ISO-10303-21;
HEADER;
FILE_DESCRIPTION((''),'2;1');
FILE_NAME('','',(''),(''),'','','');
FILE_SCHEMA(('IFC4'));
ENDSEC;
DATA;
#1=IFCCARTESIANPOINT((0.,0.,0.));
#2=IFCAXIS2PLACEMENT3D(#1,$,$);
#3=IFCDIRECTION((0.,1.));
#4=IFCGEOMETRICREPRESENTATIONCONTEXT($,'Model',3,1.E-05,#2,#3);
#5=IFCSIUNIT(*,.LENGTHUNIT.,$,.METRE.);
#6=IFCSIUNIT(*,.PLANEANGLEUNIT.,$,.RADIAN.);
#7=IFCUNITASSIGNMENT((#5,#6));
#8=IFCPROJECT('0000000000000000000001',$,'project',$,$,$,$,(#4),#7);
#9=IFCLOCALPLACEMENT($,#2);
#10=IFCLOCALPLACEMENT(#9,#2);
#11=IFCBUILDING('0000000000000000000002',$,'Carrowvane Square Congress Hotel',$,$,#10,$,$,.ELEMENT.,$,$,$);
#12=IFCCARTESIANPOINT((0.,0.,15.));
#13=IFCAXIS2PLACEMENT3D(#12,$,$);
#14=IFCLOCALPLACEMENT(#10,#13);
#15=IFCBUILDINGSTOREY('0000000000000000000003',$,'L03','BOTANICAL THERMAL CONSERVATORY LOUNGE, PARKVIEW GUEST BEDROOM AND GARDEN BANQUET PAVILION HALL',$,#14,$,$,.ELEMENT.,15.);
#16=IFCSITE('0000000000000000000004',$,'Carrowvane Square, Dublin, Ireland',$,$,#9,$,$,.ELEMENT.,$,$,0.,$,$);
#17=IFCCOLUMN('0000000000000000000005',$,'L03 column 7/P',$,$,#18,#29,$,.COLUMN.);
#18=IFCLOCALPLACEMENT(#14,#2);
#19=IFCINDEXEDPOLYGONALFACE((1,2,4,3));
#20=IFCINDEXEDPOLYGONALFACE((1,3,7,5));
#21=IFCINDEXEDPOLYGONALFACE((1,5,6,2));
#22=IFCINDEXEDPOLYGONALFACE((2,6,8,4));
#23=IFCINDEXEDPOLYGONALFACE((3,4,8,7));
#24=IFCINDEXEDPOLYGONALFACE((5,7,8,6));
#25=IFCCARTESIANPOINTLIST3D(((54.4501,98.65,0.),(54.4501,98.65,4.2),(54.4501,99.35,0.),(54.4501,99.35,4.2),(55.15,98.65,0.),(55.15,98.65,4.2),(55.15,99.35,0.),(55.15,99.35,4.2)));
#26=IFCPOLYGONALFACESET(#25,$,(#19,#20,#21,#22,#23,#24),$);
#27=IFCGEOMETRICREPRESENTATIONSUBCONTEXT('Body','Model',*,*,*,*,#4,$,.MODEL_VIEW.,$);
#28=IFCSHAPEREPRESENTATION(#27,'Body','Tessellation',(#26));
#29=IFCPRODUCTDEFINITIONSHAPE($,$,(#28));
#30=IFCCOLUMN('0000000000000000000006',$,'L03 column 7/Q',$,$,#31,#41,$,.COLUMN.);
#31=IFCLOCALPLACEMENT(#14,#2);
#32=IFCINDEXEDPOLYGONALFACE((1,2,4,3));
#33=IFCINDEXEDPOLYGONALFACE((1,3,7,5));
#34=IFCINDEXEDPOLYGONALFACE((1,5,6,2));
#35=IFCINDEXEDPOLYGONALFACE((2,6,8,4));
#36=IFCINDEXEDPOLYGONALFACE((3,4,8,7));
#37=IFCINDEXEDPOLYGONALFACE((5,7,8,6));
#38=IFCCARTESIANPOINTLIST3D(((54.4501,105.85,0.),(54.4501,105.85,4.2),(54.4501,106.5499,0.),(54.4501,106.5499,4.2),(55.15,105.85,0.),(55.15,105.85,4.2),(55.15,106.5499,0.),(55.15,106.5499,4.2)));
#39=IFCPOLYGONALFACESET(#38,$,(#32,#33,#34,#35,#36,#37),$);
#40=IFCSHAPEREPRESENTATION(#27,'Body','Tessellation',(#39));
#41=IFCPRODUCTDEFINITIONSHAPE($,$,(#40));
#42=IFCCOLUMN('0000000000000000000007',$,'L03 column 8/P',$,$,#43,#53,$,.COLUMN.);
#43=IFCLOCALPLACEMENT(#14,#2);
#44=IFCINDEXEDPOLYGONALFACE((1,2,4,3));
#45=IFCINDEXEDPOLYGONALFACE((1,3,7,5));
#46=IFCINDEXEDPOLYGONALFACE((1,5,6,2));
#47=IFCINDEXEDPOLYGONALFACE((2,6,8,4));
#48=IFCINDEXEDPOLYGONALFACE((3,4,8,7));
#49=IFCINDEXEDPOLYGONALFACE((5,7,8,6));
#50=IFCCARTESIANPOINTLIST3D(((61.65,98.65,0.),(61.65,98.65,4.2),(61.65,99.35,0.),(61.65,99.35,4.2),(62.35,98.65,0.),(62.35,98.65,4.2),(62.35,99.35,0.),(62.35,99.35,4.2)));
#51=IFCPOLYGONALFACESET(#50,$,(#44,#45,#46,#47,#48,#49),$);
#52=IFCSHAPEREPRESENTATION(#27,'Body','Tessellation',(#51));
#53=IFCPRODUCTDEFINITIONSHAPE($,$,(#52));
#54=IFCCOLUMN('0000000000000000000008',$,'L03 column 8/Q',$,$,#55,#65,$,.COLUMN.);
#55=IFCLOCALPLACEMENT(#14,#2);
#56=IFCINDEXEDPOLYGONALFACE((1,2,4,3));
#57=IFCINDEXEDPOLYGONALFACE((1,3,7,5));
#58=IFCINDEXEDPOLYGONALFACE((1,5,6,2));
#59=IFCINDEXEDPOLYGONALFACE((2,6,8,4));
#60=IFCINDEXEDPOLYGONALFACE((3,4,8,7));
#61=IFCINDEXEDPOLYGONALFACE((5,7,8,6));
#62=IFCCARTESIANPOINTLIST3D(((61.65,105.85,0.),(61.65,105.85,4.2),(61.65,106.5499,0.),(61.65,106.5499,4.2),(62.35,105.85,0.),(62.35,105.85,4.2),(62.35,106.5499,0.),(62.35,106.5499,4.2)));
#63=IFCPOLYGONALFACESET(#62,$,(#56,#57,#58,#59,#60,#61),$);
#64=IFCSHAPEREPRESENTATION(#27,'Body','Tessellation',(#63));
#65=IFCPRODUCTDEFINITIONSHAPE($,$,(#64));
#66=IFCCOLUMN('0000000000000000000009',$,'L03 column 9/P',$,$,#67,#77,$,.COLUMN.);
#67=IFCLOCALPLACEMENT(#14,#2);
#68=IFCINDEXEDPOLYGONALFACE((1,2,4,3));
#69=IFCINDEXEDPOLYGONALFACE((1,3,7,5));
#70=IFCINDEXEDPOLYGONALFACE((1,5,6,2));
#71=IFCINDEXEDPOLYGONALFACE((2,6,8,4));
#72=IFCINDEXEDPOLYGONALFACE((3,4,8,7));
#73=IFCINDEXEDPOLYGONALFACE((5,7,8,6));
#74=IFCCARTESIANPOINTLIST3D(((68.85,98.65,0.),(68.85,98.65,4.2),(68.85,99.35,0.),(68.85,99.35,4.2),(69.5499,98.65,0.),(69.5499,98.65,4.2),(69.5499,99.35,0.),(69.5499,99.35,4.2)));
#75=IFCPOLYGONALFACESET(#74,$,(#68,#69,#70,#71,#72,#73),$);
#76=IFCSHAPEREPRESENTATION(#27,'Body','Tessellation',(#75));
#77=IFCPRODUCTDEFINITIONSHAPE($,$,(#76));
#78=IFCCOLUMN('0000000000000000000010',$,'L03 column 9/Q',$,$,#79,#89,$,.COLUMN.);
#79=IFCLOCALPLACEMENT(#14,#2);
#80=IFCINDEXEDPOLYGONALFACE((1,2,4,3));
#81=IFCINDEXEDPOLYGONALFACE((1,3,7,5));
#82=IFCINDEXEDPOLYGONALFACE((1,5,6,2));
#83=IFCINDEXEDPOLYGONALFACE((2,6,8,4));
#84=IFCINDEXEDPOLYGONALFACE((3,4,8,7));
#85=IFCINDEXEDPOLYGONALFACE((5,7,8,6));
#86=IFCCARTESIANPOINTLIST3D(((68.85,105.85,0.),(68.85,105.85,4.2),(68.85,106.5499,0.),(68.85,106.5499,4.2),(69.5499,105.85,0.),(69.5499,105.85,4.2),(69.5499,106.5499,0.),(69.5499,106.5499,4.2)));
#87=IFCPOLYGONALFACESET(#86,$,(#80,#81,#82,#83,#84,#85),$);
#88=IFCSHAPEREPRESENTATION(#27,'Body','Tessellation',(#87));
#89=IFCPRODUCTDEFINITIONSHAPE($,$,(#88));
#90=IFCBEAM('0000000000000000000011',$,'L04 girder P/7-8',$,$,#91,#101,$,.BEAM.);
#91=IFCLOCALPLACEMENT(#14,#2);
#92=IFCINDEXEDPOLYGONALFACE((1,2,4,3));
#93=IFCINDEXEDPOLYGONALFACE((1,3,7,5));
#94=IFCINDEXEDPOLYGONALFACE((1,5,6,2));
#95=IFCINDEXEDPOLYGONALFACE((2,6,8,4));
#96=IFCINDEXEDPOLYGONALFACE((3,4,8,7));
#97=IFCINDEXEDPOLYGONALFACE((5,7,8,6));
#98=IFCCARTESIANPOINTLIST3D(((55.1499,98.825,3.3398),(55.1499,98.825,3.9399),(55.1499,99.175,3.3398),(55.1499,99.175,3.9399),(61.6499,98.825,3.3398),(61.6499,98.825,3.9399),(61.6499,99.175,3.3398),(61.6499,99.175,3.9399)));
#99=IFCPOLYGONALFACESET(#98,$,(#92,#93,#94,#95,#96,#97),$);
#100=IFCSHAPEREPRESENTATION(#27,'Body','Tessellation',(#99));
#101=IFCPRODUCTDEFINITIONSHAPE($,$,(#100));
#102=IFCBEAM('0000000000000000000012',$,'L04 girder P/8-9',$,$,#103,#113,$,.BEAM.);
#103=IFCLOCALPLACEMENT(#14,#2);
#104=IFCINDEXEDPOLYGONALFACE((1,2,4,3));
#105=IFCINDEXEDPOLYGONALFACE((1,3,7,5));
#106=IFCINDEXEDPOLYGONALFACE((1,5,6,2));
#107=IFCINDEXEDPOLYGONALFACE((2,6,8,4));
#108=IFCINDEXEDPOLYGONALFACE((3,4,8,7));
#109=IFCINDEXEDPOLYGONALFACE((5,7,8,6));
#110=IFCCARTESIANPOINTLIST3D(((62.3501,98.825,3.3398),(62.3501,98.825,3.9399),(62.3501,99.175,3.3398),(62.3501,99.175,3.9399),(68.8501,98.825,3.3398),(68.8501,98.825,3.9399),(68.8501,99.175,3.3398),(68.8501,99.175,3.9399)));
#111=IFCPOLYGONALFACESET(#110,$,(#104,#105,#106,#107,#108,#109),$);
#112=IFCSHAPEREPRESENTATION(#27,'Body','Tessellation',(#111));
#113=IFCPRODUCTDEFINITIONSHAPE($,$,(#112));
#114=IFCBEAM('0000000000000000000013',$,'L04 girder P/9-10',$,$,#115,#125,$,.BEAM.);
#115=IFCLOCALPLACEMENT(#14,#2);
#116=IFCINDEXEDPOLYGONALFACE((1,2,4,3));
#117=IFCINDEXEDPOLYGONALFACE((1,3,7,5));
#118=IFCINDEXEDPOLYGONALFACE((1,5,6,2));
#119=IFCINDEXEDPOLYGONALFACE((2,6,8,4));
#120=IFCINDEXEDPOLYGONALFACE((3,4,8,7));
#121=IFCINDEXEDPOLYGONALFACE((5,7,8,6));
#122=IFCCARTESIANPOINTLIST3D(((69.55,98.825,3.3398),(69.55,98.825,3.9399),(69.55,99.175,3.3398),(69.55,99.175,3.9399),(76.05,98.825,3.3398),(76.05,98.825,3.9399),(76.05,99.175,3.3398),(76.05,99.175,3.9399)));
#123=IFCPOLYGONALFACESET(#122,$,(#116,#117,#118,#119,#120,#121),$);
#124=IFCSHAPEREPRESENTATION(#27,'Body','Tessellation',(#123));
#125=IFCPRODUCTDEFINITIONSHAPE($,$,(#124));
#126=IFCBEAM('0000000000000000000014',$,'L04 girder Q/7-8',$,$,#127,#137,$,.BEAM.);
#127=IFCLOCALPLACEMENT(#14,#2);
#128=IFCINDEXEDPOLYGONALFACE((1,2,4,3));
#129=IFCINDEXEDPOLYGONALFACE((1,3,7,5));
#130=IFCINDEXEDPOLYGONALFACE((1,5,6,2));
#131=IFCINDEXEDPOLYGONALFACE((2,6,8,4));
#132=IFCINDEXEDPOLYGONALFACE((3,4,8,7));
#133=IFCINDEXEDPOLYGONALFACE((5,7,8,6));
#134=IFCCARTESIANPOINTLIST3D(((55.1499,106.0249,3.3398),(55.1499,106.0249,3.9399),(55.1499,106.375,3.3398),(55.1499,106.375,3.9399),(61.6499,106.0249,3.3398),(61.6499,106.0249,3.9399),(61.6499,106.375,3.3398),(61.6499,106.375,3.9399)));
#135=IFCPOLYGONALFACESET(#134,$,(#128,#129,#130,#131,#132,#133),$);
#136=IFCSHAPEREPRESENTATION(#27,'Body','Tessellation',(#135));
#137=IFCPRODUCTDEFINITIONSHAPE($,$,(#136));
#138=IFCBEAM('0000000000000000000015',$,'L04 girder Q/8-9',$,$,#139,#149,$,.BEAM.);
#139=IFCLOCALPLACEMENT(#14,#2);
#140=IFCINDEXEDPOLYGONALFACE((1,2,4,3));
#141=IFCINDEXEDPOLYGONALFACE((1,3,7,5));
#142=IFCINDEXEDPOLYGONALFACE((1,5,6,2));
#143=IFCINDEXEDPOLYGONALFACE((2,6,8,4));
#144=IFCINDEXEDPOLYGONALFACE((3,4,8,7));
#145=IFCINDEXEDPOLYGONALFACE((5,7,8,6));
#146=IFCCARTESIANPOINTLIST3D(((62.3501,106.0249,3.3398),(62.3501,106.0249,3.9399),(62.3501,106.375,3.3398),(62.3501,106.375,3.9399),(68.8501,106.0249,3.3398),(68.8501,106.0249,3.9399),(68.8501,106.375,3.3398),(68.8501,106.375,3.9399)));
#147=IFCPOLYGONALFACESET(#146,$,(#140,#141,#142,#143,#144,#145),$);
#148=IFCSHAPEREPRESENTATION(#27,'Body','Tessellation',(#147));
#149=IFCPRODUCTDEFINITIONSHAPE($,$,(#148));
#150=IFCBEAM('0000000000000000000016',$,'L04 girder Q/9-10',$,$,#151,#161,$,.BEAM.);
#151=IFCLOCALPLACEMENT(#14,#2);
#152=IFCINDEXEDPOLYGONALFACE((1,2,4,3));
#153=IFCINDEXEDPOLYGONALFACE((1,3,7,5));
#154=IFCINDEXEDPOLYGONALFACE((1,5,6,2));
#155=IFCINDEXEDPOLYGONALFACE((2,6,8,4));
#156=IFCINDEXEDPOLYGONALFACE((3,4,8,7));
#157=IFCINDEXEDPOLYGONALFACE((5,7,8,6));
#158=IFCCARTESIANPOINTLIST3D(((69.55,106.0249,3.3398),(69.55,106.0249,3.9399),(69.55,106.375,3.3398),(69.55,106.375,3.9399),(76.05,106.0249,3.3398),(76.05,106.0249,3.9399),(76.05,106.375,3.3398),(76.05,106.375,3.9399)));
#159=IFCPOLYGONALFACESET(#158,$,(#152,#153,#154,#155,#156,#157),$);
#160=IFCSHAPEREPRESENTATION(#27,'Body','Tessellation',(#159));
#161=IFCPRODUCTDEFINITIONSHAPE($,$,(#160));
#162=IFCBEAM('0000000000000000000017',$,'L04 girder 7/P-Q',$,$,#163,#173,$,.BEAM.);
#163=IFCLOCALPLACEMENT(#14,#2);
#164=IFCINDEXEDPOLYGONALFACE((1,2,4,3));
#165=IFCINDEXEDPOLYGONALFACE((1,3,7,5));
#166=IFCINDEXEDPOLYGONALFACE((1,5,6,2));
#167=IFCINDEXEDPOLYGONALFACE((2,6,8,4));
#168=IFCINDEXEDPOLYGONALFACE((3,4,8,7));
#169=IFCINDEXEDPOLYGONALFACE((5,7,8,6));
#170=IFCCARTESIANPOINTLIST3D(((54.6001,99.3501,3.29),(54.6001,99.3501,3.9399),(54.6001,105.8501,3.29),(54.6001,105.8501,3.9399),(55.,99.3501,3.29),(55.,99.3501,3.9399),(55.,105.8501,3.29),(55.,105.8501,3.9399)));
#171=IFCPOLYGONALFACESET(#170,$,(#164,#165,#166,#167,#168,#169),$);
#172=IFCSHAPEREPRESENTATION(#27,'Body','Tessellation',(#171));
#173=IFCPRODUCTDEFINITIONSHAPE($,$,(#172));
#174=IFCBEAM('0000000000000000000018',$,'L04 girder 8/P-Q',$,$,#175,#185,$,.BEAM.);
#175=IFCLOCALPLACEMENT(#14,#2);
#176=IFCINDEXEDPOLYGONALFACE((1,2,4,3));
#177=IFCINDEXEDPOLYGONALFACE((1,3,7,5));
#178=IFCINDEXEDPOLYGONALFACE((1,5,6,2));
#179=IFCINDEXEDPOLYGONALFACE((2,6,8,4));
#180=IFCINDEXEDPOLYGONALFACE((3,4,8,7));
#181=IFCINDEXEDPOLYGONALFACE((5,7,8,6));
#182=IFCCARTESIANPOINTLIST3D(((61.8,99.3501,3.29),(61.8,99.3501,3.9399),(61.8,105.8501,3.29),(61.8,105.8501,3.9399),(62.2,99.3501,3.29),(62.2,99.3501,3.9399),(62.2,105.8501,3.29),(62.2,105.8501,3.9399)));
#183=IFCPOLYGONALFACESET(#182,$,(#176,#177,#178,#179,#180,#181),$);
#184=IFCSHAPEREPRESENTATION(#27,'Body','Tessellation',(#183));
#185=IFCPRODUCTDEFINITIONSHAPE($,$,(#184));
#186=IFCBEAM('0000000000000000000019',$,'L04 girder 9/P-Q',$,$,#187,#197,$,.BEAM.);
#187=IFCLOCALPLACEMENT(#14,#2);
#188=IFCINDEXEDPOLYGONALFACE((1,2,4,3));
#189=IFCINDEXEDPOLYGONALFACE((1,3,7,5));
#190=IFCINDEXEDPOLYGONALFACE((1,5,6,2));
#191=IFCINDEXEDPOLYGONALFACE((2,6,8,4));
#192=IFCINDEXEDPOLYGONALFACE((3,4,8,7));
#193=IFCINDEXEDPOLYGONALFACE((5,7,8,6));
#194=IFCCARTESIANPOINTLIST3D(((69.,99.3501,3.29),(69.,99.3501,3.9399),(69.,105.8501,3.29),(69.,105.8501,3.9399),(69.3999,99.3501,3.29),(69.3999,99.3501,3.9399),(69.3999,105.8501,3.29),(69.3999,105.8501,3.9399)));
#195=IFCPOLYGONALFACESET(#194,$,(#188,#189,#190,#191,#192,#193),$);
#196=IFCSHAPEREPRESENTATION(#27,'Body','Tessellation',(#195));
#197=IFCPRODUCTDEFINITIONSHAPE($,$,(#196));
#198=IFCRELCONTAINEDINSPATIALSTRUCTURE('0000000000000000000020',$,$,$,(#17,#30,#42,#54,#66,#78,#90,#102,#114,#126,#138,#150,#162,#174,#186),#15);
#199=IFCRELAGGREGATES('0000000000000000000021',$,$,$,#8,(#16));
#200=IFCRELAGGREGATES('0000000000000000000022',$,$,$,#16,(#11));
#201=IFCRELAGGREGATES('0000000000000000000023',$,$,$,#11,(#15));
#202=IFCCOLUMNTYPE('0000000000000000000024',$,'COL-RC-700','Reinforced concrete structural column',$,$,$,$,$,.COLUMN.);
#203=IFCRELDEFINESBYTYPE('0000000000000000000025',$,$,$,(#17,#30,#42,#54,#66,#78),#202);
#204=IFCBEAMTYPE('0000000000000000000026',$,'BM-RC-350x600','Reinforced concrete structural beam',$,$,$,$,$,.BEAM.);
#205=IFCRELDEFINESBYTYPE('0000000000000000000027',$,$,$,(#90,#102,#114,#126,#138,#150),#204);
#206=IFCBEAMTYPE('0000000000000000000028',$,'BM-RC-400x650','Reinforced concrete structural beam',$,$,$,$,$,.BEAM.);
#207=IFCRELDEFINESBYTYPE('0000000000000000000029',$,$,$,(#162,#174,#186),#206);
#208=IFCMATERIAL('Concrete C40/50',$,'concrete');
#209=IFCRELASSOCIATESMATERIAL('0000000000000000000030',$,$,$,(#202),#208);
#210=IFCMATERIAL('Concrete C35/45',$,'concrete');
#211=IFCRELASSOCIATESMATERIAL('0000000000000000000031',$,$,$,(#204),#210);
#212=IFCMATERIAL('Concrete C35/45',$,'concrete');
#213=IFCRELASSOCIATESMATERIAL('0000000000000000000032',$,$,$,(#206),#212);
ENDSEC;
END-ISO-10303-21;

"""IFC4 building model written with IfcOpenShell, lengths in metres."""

from ifc_helpers import new_model, si_unit, direction, frame, origin, origin_2d, place, context, subcontext, project, spatial, rectangle, extrude, material, material_profile, profile_set, type_object, element, save


model = new_model("IFC4")

# Units and contexts
model_context = context("Model", 3, precision=1e-05, world=origin(), true_north=direction((0.0, 1.0)))
body_context = subcontext(model_context, "Body", "Model", "MODEL_VIEW")
ifc_project = project(units=[si_unit("LENGTHUNIT", "METRE"), si_unit("PLANEANGLEUNIT", "RADIAN")], contexts=[model_context])

# Site, building, storey
site_placement = place(None, origin())
site = spatial("IfcSite", under=ifc_project, at=site_placement, Name="Carrowvane Square, Dublin, Ireland", CompositionType="ELEMENT", RefElevation=0.0)
building_placement = place(site_placement, origin())
building = spatial("IfcBuilding", under=site, at=building_placement, Name="Carrowvane Square Congress Hotel", CompositionType="ELEMENT")
storey_placement = place(building_placement, frame((0.0, 0.0, 15.0)))
storey = spatial("IfcBuildingStorey", under=building, at=storey_placement, Name="L03", Description="BOTANICAL THERMAL CONSERVATORY LOUNGE, PARKVIEW GUEST BEDROOM AND GARDEN BANQUET PAVILION HALL", CompositionType="ELEMENT", Elevation=15.0)

# Columns
ifc_material_1 = material(Name="Concrete C40/50", Category="concrete")
ifc_material_profile_1 = material_profile(ifc_material_1, rectangle(XDim=0.7, YDim=0.7, at=origin_2d()), Name="RC 700x700")
ifc_profile_set_1 = profile_set([ifc_material_profile_1], Name="Concrete C40/50")
column_type = type_object("IfcColumnType", Name="COL-RC-700", Description="Reinforced concrete structural column", PredefinedType="COLUMN", material=ifc_profile_set_1)
for number, where, z_axis, x_axis, name in (
    (1, (54.8, 99.0, 0.0), (0.0, 0.0, 1.0), (1.0, 0.0, 0.0), "L03 column 7/P"),
    (2, (54.8, 106.2, 0.0), (0.0, 0.0, 1.0), (1.0, 0.0, 0.0), "L03 column 7/Q"),
    (3, (62.0, 99.0, 0.0), (0.0, 0.0, 1.0), (1.0, 0.0, 0.0), "L03 column 8/P"),
    (4, (62.0, 106.2, 0.0), (0.0, 0.0, 1.0), (1.0, 0.0, 0.0), "L03 column 8/Q"),
    (5, (69.2, 99.0, 0.0), (0.0, 0.0, 1.0), (1.0, 0.0, 0.0), "L03 column 9/P"),
    (6, (69.2, 106.2, 0.0), (0.0, 0.0, 1.0), (1.0, 0.0, 0.0), "L03 column 9/Q"),
):
    element("IfcColumn", number, at=place(storey_placement, frame(where, z_axis=z_axis, x_axis=x_axis)), inside=storey, type_object=column_type, Name=name, PredefinedType="COLUMN", context=body_context, shape_type="SweptSolid", body=[
        extrude(rectangle(XDim=0.7, YDim=0.7, at=origin_2d()), origin(), (0.0, 0.0, 1.0), 4.2),
    ])

# Beams
ifc_material_2 = material(Name="Concrete C35/45", Category="concrete")
ifc_material_profile_2 = material_profile(ifc_material_2, rectangle(XDim=0.3501, YDim=0.6001, at=origin_2d()), Name="RC 350x600")
ifc_profile_set_2 = profile_set([ifc_material_profile_2], Name="Concrete C35/45")
beam_type_1 = type_object("IfcBeamType", Name="BM-RC-350x600", Description="Reinforced concrete structural beam", PredefinedType="BEAM", material=ifc_profile_set_2)
for number, where, z_axis, x_axis, name in (
    (7, (55.1499, 99.0, 3.6399), (1.0, 0.0, 0.0), (0.0, 1.0, 0.0), "L04 girder P/7-8"),
    (8, (62.3501, 99.0, 3.6399), (1.0, 0.0, 0.0), (0.0, 1.0, 0.0), "L04 girder P/8-9"),
    (9, (69.55, 99.0, 3.6399), (1.0, 0.0, 0.0), (0.0, 1.0, 0.0), "L04 girder P/9-10"),
    (10, (55.1499, 106.2, 3.6399), (1.0, 0.0, 0.0), (0.0, 1.0, 0.0), "L04 girder Q/7-8"),
    (11, (62.3501, 106.2, 3.6399), (1.0, 0.0, 0.0), (0.0, 1.0, 0.0), "L04 girder Q/8-9"),
    (12, (69.55, 106.2, 3.6399), (1.0, 0.0, 0.0), (0.0, 1.0, 0.0), "L04 girder Q/9-10"),
):
    element("IfcBeam", number, at=place(storey_placement, frame(where, z_axis=z_axis, x_axis=x_axis)), inside=storey, type_object=beam_type_1, Name=name, PredefinedType="BEAM", context=body_context, shape_type="SweptSolid", body=[
        extrude(rectangle(XDim=0.3501, YDim=0.6001, at=origin_2d()), origin(), (0.0, 0.0, 1.0), 6.5),
    ])
ifc_material_3 = material(Name="Concrete C35/45", Category="concrete")
ifc_material_profile_3 = material_profile(ifc_material_3, rectangle(XDim=0.3999, YDim=0.6499, at=origin_2d()), Name="RC 400x650")
ifc_profile_set_3 = profile_set([ifc_material_profile_3], Name="Concrete C35/45")
beam_type_2 = type_object("IfcBeamType", Name="BM-RC-400x650", Description="Reinforced concrete structural beam", PredefinedType="BEAM", material=ifc_profile_set_3)
for number, where, z_axis, x_axis, name in (
    (13, (54.8, 99.3501, 3.615), (0.0, 1.0, 0.0), (-1.0, 0.0, 0.0), "L04 girder 7/P-Q"),
    (14, (62.0, 99.3501, 3.615), (0.0, 1.0, 0.0), (-1.0, 0.0, 0.0), "L04 girder 8/P-Q"),
    (15, (69.2, 99.3501, 3.615), (0.0, 1.0, 0.0), (-1.0, 0.0, 0.0), "L04 girder 9/P-Q"),
):
    element("IfcBeam", number, at=place(storey_placement, frame(where, z_axis=z_axis, x_axis=x_axis)), inside=storey, type_object=beam_type_2, Name=name, PredefinedType="BEAM", context=body_context, shape_type="SweptSolid", body=[
        extrude(rectangle(XDim=0.3999, YDim=0.6499, at=origin_2d()), origin(), (0.0, 0.0, 1.0), 6.5),
    ])

save(model, "model.ifc")
